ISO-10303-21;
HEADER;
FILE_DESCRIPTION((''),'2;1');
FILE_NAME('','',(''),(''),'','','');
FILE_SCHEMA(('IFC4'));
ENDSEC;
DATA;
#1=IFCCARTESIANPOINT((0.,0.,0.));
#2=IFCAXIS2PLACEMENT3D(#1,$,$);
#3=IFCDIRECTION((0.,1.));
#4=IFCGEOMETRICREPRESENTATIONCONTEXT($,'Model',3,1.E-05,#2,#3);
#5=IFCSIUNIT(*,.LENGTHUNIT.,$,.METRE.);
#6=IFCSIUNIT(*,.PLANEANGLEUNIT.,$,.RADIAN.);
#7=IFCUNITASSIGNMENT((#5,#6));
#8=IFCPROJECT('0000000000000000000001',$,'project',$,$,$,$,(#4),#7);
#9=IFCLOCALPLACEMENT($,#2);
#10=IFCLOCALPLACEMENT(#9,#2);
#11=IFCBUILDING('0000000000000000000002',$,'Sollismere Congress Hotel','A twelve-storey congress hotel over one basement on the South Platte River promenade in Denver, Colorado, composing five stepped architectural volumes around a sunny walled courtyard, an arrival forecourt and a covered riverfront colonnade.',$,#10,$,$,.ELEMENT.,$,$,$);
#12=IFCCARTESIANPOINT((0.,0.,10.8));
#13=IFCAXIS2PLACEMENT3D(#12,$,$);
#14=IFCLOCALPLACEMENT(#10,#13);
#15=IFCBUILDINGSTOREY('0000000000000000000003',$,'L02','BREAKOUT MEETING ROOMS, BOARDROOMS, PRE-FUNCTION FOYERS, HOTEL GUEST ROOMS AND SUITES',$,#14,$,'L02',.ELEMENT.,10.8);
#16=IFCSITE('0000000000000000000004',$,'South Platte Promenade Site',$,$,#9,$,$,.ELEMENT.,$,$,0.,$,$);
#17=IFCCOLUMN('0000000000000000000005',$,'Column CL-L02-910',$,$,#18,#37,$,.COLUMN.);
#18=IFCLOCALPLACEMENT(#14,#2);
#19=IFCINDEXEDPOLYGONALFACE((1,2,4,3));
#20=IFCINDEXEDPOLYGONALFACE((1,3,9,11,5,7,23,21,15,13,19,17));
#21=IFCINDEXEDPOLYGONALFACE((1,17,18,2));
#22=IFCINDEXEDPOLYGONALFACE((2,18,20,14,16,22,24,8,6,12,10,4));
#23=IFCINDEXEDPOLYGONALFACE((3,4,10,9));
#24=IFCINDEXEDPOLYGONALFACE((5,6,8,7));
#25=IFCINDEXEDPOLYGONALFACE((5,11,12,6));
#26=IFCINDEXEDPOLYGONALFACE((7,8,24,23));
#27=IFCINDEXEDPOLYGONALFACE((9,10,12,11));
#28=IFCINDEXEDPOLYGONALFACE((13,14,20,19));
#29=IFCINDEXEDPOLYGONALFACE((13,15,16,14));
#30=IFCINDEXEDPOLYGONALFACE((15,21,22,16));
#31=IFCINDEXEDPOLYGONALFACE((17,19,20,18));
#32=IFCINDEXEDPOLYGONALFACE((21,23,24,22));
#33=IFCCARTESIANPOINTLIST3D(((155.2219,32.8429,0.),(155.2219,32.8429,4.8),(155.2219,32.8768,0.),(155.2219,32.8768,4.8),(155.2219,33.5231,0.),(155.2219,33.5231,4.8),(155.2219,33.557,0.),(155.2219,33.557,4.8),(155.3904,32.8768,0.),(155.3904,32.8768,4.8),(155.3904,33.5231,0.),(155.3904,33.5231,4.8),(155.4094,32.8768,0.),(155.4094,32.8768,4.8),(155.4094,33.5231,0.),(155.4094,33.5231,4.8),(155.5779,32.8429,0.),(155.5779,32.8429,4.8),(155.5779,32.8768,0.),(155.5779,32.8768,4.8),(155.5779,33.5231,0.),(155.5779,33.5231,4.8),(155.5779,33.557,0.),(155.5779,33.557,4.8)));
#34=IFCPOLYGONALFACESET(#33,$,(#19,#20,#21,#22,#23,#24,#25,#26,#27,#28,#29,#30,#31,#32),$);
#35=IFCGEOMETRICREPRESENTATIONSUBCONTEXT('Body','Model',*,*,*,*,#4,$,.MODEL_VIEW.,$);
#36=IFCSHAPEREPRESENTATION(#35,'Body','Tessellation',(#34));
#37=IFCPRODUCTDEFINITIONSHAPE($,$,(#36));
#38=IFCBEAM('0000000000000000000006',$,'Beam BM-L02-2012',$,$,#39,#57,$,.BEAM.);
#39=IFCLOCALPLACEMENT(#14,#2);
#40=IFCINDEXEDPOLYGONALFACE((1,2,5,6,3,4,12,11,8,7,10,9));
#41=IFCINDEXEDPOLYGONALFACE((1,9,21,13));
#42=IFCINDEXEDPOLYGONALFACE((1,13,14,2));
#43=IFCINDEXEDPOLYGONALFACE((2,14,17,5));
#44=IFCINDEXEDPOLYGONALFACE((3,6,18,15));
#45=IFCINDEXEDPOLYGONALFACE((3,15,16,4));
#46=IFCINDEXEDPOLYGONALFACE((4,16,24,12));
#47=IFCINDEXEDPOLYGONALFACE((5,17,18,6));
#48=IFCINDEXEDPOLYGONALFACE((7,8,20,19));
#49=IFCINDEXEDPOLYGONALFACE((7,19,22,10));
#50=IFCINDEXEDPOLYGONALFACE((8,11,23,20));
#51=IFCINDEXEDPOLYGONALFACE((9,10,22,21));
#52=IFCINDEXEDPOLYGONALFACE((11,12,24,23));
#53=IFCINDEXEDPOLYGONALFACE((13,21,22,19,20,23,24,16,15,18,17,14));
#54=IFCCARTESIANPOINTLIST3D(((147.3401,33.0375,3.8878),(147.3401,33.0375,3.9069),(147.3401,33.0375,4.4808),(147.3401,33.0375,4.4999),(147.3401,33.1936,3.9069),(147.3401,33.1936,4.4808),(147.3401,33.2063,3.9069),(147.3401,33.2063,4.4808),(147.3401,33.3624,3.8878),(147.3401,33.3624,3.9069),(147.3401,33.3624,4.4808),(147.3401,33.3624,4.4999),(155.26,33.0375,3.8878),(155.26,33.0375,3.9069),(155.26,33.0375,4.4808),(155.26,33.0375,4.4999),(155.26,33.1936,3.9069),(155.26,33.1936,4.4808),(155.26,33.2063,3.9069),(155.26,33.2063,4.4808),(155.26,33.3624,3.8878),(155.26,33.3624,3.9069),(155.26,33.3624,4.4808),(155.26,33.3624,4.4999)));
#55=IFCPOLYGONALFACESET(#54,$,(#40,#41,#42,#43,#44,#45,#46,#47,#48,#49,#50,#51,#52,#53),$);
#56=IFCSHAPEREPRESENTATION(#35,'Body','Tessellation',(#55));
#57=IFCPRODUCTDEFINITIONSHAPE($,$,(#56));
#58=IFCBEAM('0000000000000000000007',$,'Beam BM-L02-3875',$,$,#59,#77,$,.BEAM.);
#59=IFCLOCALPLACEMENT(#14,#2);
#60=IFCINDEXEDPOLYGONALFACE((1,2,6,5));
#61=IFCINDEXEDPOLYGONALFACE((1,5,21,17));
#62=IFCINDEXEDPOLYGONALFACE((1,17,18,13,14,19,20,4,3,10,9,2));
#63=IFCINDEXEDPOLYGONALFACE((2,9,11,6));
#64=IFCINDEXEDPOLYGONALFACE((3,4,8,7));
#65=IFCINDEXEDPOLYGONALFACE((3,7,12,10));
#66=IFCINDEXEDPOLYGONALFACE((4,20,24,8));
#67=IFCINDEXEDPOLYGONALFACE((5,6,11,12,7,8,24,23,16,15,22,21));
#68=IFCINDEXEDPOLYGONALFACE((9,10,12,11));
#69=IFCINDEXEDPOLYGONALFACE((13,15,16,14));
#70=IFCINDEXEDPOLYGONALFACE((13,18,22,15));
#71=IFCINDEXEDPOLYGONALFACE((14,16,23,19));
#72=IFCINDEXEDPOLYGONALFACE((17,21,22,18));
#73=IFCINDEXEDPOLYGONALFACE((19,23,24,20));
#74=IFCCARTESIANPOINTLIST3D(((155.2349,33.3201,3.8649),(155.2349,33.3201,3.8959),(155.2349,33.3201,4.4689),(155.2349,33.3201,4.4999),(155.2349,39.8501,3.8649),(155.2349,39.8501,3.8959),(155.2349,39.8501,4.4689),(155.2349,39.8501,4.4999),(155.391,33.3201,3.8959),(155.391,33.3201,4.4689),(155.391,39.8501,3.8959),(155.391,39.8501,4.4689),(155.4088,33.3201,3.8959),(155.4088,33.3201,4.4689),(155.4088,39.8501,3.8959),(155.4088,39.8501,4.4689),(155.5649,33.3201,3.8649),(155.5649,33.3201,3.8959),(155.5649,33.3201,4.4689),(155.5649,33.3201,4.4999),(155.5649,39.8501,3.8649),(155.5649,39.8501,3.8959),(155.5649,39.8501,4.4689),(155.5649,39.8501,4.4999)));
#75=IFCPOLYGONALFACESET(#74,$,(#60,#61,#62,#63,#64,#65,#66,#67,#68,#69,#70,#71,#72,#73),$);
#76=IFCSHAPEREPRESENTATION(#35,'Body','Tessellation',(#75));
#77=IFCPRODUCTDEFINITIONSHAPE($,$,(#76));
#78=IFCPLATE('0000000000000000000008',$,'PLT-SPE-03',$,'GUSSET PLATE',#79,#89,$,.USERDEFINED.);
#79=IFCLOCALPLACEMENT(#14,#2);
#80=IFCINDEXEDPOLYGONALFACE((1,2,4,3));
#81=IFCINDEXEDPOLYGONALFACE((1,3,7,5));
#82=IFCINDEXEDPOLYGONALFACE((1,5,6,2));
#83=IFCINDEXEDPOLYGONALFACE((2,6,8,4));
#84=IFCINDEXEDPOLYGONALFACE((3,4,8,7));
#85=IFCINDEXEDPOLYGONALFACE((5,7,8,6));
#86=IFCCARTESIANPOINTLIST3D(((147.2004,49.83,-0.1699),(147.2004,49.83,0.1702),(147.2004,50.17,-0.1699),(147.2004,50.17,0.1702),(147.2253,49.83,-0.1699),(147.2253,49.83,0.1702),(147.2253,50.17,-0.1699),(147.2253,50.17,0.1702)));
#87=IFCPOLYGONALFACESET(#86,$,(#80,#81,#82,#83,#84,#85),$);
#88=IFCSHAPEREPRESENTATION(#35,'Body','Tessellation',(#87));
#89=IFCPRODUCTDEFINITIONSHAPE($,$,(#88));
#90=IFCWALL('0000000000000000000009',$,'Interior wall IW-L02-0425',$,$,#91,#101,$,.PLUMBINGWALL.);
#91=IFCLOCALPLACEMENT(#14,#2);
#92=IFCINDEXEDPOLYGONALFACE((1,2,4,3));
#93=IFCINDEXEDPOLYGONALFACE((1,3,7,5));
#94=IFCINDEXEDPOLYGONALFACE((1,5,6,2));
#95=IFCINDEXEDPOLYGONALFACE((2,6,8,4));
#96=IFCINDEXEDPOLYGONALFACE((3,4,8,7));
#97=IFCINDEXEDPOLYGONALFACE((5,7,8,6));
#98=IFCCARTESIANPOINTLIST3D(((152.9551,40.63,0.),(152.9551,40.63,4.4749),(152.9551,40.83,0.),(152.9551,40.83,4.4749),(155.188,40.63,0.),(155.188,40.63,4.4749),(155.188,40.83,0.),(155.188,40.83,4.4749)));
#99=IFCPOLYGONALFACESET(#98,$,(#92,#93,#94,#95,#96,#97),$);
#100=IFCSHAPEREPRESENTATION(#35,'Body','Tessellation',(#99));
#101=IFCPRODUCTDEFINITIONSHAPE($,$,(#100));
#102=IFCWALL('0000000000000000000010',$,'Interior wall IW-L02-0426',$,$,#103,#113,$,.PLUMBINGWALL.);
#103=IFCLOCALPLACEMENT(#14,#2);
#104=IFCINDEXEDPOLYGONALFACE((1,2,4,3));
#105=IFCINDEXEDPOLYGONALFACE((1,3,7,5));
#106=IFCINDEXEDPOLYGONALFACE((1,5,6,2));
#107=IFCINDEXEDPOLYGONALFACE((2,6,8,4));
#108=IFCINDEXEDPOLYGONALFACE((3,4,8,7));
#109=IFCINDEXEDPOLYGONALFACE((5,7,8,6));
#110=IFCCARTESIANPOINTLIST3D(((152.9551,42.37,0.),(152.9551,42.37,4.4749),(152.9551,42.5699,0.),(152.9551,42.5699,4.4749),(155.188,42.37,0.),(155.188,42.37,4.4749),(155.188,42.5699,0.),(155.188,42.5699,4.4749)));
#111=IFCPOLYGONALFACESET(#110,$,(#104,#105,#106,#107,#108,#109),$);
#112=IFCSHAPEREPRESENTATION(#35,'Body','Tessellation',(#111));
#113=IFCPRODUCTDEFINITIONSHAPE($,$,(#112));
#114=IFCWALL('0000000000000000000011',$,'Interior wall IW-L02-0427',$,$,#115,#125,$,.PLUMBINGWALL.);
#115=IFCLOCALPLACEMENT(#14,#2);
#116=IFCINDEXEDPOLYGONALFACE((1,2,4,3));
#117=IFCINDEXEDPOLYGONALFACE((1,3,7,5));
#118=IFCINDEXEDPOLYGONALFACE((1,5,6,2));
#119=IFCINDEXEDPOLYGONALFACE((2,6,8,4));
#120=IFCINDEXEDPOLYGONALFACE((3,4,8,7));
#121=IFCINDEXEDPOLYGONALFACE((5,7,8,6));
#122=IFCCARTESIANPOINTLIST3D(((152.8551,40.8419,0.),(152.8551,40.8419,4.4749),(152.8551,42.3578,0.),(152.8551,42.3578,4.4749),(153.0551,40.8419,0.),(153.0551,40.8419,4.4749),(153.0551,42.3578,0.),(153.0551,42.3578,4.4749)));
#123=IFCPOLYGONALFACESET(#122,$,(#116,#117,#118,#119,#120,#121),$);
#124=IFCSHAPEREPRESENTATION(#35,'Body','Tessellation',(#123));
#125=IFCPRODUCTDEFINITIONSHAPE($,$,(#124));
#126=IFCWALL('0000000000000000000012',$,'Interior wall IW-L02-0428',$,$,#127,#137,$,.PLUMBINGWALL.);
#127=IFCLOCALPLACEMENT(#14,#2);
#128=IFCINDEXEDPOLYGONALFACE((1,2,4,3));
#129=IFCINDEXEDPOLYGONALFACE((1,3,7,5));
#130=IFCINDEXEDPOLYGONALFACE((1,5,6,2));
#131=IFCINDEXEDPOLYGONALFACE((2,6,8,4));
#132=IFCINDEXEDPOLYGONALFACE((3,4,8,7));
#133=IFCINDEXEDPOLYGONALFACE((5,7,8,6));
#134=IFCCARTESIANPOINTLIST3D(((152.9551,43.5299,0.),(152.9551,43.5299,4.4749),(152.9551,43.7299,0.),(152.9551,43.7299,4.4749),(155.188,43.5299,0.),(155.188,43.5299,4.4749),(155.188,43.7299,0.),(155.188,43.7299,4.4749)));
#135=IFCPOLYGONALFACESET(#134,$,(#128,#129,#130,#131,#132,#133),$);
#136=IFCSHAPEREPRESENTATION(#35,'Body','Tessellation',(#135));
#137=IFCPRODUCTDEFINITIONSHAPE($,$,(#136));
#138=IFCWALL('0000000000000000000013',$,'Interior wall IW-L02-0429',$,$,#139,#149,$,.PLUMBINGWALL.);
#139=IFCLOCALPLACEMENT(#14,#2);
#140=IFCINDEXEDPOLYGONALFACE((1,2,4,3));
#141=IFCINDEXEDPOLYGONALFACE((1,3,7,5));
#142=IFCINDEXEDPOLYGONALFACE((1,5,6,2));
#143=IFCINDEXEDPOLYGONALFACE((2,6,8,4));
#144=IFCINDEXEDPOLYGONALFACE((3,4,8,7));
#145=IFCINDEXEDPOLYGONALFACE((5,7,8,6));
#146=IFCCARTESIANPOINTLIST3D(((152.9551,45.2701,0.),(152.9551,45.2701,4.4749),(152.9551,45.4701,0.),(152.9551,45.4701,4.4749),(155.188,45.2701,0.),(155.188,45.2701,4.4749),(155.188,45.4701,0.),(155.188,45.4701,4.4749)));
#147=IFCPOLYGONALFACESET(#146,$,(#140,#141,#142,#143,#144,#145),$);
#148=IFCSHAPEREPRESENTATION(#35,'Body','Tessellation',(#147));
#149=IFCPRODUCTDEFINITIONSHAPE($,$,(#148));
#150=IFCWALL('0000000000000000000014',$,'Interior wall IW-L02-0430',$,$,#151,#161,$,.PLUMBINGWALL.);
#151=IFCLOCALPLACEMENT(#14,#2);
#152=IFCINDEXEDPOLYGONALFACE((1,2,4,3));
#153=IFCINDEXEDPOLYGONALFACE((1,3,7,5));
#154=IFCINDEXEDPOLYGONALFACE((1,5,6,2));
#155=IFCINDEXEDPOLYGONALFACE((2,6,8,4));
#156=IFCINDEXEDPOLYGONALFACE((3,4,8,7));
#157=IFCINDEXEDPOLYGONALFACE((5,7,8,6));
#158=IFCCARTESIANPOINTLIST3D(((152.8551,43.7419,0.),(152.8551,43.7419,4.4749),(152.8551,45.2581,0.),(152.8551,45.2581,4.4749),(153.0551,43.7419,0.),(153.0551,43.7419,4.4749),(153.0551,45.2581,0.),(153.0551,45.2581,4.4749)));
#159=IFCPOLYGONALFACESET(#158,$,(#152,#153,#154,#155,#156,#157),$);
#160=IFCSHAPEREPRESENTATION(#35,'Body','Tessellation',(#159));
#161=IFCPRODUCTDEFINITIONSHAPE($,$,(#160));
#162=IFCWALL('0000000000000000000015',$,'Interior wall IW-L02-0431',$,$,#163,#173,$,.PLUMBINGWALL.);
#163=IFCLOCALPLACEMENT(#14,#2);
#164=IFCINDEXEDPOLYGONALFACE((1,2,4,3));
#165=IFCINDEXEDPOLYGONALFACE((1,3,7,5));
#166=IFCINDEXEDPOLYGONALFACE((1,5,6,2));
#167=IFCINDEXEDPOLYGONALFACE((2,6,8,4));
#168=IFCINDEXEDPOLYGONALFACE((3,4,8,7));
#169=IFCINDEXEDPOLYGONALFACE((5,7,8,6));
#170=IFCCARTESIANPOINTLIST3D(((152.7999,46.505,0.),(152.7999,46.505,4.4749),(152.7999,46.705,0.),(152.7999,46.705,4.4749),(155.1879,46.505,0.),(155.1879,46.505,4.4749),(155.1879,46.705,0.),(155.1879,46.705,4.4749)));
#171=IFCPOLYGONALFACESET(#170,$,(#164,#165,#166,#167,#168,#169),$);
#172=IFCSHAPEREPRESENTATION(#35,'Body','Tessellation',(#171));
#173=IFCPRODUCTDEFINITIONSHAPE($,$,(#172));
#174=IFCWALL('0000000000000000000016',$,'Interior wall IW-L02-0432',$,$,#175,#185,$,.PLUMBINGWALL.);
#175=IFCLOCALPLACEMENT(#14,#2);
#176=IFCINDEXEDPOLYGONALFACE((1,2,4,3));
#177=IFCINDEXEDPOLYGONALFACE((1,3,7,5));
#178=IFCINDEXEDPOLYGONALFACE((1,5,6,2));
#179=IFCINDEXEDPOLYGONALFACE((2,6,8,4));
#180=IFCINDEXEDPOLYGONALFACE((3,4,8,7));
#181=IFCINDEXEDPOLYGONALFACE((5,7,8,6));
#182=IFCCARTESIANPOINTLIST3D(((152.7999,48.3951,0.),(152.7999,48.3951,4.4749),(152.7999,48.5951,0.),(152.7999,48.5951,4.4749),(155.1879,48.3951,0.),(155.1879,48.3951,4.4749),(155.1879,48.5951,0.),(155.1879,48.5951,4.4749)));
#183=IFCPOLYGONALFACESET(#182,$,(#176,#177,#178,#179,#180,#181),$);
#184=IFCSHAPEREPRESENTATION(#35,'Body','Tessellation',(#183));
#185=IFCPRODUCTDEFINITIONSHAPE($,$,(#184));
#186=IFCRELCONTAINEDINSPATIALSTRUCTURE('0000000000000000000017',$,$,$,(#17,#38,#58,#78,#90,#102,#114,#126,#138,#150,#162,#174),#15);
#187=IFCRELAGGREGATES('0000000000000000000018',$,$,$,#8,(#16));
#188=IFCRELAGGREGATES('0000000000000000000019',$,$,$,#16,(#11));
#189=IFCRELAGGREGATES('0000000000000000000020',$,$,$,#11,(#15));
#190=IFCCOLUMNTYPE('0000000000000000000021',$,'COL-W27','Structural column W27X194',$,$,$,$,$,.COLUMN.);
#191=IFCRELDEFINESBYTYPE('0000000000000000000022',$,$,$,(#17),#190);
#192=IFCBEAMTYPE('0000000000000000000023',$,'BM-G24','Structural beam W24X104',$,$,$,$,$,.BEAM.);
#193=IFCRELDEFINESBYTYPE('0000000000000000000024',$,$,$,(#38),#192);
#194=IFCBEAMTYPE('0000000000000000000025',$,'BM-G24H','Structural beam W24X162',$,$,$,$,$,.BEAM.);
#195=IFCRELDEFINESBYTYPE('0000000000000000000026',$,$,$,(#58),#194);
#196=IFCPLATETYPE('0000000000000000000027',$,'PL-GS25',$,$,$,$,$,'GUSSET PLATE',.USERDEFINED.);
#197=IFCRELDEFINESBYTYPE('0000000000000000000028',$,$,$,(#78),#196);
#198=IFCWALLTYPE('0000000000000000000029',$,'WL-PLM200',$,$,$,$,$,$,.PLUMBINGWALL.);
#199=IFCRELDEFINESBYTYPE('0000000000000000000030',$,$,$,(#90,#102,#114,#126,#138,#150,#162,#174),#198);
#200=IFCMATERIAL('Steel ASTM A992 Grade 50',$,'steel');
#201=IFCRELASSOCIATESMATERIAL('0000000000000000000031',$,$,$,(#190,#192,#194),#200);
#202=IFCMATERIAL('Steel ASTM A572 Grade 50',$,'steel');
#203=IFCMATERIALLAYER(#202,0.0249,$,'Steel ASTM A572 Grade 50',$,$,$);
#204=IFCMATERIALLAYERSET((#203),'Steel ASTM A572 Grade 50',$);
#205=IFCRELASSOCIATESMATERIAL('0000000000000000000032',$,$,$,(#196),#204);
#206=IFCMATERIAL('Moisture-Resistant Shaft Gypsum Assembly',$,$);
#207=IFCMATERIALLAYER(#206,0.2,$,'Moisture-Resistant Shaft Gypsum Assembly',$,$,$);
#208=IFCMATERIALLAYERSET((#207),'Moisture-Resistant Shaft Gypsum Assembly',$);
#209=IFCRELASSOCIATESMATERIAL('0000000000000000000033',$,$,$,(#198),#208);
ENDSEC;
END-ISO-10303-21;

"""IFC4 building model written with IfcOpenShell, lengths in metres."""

from ifc_helpers import new_model, si_unit, direction, frame, frame_2d, origin, origin_2d, place, context, subcontext, project, spatial, rectangle, i_section, extrude, material, layer, layer_set, material_profile, profile_set, type_object, element, save


model = new_model("IFC4")

# Units and contexts
model_context = context("Model", 3, precision=1e-05, world=origin(), true_north=direction((0.0, 1.0)))
body_context = subcontext(model_context, "Body", "Model", "MODEL_VIEW")
ifc_project = project(units=[si_unit("LENGTHUNIT", "METRE"), si_unit("PLANEANGLEUNIT", "RADIAN")], contexts=[model_context])

# Site, building, storey
site_placement = place(None, origin())
site = spatial("IfcSite", under=ifc_project, at=site_placement, Name="South Platte Promenade Site", CompositionType="ELEMENT", RefElevation=0.0)
building_placement = place(site_placement, origin())
building = spatial("IfcBuilding", under=site, at=building_placement, Name="Sollismere Congress Hotel", Description="A twelve-storey congress hotel over one basement on the South Platte River promenade in Denver, Colorado, composing five stepped architectural volumes around a sunny walled courtyard, an arrival forecourt and a covered riverfront colonnade.", CompositionType="ELEMENT")
storey_placement = place(building_placement, frame((0.0, 0.0, 10.8)))
storey = spatial("IfcBuildingStorey", under=building, at=storey_placement, Name="L02", Description="BREAKOUT MEETING ROOMS, BOARDROOMS, PRE-FUNCTION FOYERS, HOTEL GUEST ROOMS AND SUITES", LongName="L02", CompositionType="ELEMENT", Elevation=10.8)

# Column
ifc_material_1 = material(Name="Steel ASTM A992 Grade 50", Category="steel")
ifc_material_profile_1 = material_profile(ifc_material_1, i_section(OverallWidth=0.356, OverallDepth=0.7141, WebThickness=0.019, FlangeThickness=0.0339, at=origin_2d()), Name="W27X194")
ifc_profile_set_1 = profile_set([ifc_material_profile_1], Name="Steel ASTM A992 Grade 50")
column_type = type_object("IfcColumnType", Name="COL-W27", Description="Structural column W27X194", PredefinedType="COLUMN", material=ifc_profile_set_1)
column_placement = place(storey_placement, frame((155.3999, 33.2, 0.0), z_axis=(0.0, 0.0, 1.0), x_axis=(1.0, 0.0, 0.0)))
element("IfcColumn", 1, at=column_placement, inside=storey, type_object=column_type, Name="Column CL-L02-910", PredefinedType="COLUMN", context=body_context, shape_type="SweptSolid", body=[
    extrude(i_section(OverallWidth=0.356, OverallDepth=0.7141, WebThickness=0.019, FlangeThickness=0.0339, at=origin_2d()), origin(), (0.0, 0.0, 1.0), 4.8),
])

# Beams
ifc_material_profile_2 = material_profile(ifc_material_1, i_section(OverallWidth=0.325, OverallDepth=0.6121, WebThickness=0.0127, FlangeThickness=0.019, at=origin_2d()), Name="W24X104")
ifc_profile_set_2 = profile_set([ifc_material_profile_2], Name="Steel ASTM A992 Grade 50")
beam_type_1 = type_object("IfcBeamType", Name="BM-G24", Description="Structural beam W24X104", PredefinedType="BEAM", material=ifc_profile_set_2)
beam_1_placement = place(storey_placement, frame((147.3401, 33.2, 4.1938), z_axis=(1.0, 0.0, 0.0), x_axis=(0.0, 1.0, 0.0)))
element("IfcBeam", 2, at=beam_1_placement, inside=storey, type_object=beam_type_1, Name="Beam BM-L02-2012", PredefinedType="BEAM", context=body_context, shape_type="SweptSolid", body=[
    extrude(i_section(OverallWidth=0.325, OverallDepth=0.6121, WebThickness=0.0127, FlangeThickness=0.019, at=origin_2d()), origin(), (0.0, 0.0, 1.0), 7.9199),
])
ifc_material_profile_3 = material_profile(ifc_material_1, i_section(OverallWidth=0.3301, OverallDepth=0.635, WebThickness=0.0178, FlangeThickness=0.031, at=origin_2d()), Name="W24X162")
ifc_profile_set_3 = profile_set([ifc_material_profile_3], Name="Steel ASTM A992 Grade 50")
beam_type_2 = type_object("IfcBeamType", Name="BM-G24H", Description="Structural beam W24X162", PredefinedType="BEAM", material=ifc_profile_set_3)
beam_2_placement = place(storey_placement, frame((155.3999, 33.3201, 4.1824), z_axis=(0.0, 1.0, 0.0), x_axis=(-1.0, 0.0, 0.0)))
element("IfcBeam", 3, at=beam_2_placement, inside=storey, type_object=beam_type_2, Name="Beam BM-L02-3875", PredefinedType="BEAM", context=body_context, shape_type="SweptSolid", body=[
    extrude(i_section(OverallWidth=0.3301, OverallDepth=0.635, WebThickness=0.0178, FlangeThickness=0.031, at=origin_2d()), origin(), (0.0, 0.0, 1.0), 6.53),
])

# Plate
ifc_material_2 = material(Name="Steel ASTM A572 Grade 50", Category="steel")
ifc_layer_1 = layer(ifc_material_2, 0.0249, Name="Steel ASTM A572 Grade 50")
ifc_layer_set_1 = layer_set([ifc_layer_1], Name="Steel ASTM A572 Grade 50")
plate_type = type_object("IfcPlateType", Name="PL-GS25", ElementType="GUSSET PLATE", PredefinedType="USERDEFINED", material=ifc_layer_set_1)
plate_placement = place(storey_placement, frame((147.2129, 50.0, -0.1699), z_axis=(0.0, 0.0, 1.0), x_axis=(1.0, 0.0, 0.0)))
element("IfcPlate", 4, at=plate_placement, inside=storey, type_object=plate_type, Name="PLT-SPE-03", ObjectType="GUSSET PLATE", PredefinedType="USERDEFINED", context=body_context, shape_type="SweptSolid", body=[
    extrude(rectangle(XDim=0.0249, YDim=0.3401, at=origin_2d()), origin(), (0.0, 0.0, 1.0), 0.3401),
])

# Walls
ifc_material_3 = material(Name="Moisture-Resistant Shaft Gypsum Assembly")
ifc_layer_2 = layer(ifc_material_3, 0.2, Name="Moisture-Resistant Shaft Gypsum Assembly")
ifc_layer_set_2 = layer_set([ifc_layer_2], Name="Moisture-Resistant Shaft Gypsum Assembly")
wall_type_1 = type_object("IfcWallType", Name="WL-PLM200", PredefinedType="PLUMBINGWALL", material=ifc_layer_set_2)
for number, where, z_axis, x_axis, name in (
    (5, (152.9551, 40.73, 0.0), (0.0, 0.0, 1.0), (1.0, 0.0, 0.0), "Interior wall IW-L02-0425"),
    (6, (152.9551, 42.47, 0.0), (0.0, 0.0, 1.0), (1.0, 0.0, 0.0), "Interior wall IW-L02-0426"),
):
    element("IfcWall", number, at=place(storey_placement, frame(where, z_axis=z_axis, x_axis=x_axis)), inside=storey, type_object=wall_type_1, Name=name, PredefinedType="PLUMBINGWALL", context=body_context, shape_type="SweptSolid", body=[
        extrude(rectangle(XDim=2.2329, YDim=0.2, at=frame_2d((1.1165, 0.0))), origin(), (0.0, 0.0, 1.0), 4.4749),
    ])
wall_1_placement = place(storey_placement, frame((152.9551, 40.842, 0.0), z_axis=(0.0, 0.0, 1.0), x_axis=(0.0, 1.0, 0.0)))
element("IfcWall", 7, at=wall_1_placement, inside=storey, type_object=wall_type_1, Name="Interior wall IW-L02-0427", PredefinedType="PLUMBINGWALL", context=body_context, shape_type="SweptSolid", body=[
    extrude(rectangle(XDim=1.5159, YDim=0.2, at=frame_2d((0.7578, 0.0))), origin(), (0.0, 0.0, 1.0), 4.4749),
])
for number, where, z_axis, x_axis, name in (
    (8, (152.9551, 43.6299, 0.0), (0.0, 0.0, 1.0), (1.0, 0.0, 0.0), "Interior wall IW-L02-0428"),
    (9, (152.9551, 45.3701, 0.0), (0.0, 0.0, 1.0), (1.0, 0.0, 0.0), "Interior wall IW-L02-0429"),
):
    element("IfcWall", number, at=place(storey_placement, frame(where, z_axis=z_axis, x_axis=x_axis)), inside=storey, type_object=wall_type_1, Name=name, PredefinedType="PLUMBINGWALL", context=body_context, shape_type="SweptSolid", body=[
        extrude(rectangle(XDim=2.2329, YDim=0.2, at=frame_2d((1.1165, 0.0))), origin(), (0.0, 0.0, 1.0), 4.4749),
    ])
wall_2_placement = place(storey_placement, frame((152.9551, 43.7419, 0.0), z_axis=(0.0, 0.0, 1.0), x_axis=(0.0, 1.0, 0.0)))
element("IfcWall", 10, at=wall_2_placement, inside=storey, type_object=wall_type_1, Name="Interior wall IW-L02-0430", PredefinedType="PLUMBINGWALL", context=body_context, shape_type="SweptSolid", body=[
    extrude(rectangle(XDim=1.5161, YDim=0.2, at=frame_2d((0.7581, 0.0))), origin(), (0.0, 0.0, 1.0), 4.4749),
])
for number, where, z_axis, x_axis, name in (
    (11, (152.8, 46.605, 0.0), (0.0, 0.0, 1.0), (1.0, 0.0, 0.0), "Interior wall IW-L02-0431"),
    (12, (152.8, 48.4951, 0.0), (0.0, 0.0, 1.0), (1.0, 0.0, 0.0), "Interior wall IW-L02-0432"),
):
    element("IfcWall", number, at=place(storey_placement, frame(where, z_axis=z_axis, x_axis=x_axis)), inside=storey, type_object=wall_type_1, Name=name, PredefinedType="PLUMBINGWALL", context=body_context, shape_type="SweptSolid", body=[
        extrude(rectangle(XDim=2.3879, YDim=0.2, at=frame_2d((1.1938, 0.0))), origin(), (0.0, 0.0, 1.0), 4.4749),
    ])

save(model, "model.ifc")
